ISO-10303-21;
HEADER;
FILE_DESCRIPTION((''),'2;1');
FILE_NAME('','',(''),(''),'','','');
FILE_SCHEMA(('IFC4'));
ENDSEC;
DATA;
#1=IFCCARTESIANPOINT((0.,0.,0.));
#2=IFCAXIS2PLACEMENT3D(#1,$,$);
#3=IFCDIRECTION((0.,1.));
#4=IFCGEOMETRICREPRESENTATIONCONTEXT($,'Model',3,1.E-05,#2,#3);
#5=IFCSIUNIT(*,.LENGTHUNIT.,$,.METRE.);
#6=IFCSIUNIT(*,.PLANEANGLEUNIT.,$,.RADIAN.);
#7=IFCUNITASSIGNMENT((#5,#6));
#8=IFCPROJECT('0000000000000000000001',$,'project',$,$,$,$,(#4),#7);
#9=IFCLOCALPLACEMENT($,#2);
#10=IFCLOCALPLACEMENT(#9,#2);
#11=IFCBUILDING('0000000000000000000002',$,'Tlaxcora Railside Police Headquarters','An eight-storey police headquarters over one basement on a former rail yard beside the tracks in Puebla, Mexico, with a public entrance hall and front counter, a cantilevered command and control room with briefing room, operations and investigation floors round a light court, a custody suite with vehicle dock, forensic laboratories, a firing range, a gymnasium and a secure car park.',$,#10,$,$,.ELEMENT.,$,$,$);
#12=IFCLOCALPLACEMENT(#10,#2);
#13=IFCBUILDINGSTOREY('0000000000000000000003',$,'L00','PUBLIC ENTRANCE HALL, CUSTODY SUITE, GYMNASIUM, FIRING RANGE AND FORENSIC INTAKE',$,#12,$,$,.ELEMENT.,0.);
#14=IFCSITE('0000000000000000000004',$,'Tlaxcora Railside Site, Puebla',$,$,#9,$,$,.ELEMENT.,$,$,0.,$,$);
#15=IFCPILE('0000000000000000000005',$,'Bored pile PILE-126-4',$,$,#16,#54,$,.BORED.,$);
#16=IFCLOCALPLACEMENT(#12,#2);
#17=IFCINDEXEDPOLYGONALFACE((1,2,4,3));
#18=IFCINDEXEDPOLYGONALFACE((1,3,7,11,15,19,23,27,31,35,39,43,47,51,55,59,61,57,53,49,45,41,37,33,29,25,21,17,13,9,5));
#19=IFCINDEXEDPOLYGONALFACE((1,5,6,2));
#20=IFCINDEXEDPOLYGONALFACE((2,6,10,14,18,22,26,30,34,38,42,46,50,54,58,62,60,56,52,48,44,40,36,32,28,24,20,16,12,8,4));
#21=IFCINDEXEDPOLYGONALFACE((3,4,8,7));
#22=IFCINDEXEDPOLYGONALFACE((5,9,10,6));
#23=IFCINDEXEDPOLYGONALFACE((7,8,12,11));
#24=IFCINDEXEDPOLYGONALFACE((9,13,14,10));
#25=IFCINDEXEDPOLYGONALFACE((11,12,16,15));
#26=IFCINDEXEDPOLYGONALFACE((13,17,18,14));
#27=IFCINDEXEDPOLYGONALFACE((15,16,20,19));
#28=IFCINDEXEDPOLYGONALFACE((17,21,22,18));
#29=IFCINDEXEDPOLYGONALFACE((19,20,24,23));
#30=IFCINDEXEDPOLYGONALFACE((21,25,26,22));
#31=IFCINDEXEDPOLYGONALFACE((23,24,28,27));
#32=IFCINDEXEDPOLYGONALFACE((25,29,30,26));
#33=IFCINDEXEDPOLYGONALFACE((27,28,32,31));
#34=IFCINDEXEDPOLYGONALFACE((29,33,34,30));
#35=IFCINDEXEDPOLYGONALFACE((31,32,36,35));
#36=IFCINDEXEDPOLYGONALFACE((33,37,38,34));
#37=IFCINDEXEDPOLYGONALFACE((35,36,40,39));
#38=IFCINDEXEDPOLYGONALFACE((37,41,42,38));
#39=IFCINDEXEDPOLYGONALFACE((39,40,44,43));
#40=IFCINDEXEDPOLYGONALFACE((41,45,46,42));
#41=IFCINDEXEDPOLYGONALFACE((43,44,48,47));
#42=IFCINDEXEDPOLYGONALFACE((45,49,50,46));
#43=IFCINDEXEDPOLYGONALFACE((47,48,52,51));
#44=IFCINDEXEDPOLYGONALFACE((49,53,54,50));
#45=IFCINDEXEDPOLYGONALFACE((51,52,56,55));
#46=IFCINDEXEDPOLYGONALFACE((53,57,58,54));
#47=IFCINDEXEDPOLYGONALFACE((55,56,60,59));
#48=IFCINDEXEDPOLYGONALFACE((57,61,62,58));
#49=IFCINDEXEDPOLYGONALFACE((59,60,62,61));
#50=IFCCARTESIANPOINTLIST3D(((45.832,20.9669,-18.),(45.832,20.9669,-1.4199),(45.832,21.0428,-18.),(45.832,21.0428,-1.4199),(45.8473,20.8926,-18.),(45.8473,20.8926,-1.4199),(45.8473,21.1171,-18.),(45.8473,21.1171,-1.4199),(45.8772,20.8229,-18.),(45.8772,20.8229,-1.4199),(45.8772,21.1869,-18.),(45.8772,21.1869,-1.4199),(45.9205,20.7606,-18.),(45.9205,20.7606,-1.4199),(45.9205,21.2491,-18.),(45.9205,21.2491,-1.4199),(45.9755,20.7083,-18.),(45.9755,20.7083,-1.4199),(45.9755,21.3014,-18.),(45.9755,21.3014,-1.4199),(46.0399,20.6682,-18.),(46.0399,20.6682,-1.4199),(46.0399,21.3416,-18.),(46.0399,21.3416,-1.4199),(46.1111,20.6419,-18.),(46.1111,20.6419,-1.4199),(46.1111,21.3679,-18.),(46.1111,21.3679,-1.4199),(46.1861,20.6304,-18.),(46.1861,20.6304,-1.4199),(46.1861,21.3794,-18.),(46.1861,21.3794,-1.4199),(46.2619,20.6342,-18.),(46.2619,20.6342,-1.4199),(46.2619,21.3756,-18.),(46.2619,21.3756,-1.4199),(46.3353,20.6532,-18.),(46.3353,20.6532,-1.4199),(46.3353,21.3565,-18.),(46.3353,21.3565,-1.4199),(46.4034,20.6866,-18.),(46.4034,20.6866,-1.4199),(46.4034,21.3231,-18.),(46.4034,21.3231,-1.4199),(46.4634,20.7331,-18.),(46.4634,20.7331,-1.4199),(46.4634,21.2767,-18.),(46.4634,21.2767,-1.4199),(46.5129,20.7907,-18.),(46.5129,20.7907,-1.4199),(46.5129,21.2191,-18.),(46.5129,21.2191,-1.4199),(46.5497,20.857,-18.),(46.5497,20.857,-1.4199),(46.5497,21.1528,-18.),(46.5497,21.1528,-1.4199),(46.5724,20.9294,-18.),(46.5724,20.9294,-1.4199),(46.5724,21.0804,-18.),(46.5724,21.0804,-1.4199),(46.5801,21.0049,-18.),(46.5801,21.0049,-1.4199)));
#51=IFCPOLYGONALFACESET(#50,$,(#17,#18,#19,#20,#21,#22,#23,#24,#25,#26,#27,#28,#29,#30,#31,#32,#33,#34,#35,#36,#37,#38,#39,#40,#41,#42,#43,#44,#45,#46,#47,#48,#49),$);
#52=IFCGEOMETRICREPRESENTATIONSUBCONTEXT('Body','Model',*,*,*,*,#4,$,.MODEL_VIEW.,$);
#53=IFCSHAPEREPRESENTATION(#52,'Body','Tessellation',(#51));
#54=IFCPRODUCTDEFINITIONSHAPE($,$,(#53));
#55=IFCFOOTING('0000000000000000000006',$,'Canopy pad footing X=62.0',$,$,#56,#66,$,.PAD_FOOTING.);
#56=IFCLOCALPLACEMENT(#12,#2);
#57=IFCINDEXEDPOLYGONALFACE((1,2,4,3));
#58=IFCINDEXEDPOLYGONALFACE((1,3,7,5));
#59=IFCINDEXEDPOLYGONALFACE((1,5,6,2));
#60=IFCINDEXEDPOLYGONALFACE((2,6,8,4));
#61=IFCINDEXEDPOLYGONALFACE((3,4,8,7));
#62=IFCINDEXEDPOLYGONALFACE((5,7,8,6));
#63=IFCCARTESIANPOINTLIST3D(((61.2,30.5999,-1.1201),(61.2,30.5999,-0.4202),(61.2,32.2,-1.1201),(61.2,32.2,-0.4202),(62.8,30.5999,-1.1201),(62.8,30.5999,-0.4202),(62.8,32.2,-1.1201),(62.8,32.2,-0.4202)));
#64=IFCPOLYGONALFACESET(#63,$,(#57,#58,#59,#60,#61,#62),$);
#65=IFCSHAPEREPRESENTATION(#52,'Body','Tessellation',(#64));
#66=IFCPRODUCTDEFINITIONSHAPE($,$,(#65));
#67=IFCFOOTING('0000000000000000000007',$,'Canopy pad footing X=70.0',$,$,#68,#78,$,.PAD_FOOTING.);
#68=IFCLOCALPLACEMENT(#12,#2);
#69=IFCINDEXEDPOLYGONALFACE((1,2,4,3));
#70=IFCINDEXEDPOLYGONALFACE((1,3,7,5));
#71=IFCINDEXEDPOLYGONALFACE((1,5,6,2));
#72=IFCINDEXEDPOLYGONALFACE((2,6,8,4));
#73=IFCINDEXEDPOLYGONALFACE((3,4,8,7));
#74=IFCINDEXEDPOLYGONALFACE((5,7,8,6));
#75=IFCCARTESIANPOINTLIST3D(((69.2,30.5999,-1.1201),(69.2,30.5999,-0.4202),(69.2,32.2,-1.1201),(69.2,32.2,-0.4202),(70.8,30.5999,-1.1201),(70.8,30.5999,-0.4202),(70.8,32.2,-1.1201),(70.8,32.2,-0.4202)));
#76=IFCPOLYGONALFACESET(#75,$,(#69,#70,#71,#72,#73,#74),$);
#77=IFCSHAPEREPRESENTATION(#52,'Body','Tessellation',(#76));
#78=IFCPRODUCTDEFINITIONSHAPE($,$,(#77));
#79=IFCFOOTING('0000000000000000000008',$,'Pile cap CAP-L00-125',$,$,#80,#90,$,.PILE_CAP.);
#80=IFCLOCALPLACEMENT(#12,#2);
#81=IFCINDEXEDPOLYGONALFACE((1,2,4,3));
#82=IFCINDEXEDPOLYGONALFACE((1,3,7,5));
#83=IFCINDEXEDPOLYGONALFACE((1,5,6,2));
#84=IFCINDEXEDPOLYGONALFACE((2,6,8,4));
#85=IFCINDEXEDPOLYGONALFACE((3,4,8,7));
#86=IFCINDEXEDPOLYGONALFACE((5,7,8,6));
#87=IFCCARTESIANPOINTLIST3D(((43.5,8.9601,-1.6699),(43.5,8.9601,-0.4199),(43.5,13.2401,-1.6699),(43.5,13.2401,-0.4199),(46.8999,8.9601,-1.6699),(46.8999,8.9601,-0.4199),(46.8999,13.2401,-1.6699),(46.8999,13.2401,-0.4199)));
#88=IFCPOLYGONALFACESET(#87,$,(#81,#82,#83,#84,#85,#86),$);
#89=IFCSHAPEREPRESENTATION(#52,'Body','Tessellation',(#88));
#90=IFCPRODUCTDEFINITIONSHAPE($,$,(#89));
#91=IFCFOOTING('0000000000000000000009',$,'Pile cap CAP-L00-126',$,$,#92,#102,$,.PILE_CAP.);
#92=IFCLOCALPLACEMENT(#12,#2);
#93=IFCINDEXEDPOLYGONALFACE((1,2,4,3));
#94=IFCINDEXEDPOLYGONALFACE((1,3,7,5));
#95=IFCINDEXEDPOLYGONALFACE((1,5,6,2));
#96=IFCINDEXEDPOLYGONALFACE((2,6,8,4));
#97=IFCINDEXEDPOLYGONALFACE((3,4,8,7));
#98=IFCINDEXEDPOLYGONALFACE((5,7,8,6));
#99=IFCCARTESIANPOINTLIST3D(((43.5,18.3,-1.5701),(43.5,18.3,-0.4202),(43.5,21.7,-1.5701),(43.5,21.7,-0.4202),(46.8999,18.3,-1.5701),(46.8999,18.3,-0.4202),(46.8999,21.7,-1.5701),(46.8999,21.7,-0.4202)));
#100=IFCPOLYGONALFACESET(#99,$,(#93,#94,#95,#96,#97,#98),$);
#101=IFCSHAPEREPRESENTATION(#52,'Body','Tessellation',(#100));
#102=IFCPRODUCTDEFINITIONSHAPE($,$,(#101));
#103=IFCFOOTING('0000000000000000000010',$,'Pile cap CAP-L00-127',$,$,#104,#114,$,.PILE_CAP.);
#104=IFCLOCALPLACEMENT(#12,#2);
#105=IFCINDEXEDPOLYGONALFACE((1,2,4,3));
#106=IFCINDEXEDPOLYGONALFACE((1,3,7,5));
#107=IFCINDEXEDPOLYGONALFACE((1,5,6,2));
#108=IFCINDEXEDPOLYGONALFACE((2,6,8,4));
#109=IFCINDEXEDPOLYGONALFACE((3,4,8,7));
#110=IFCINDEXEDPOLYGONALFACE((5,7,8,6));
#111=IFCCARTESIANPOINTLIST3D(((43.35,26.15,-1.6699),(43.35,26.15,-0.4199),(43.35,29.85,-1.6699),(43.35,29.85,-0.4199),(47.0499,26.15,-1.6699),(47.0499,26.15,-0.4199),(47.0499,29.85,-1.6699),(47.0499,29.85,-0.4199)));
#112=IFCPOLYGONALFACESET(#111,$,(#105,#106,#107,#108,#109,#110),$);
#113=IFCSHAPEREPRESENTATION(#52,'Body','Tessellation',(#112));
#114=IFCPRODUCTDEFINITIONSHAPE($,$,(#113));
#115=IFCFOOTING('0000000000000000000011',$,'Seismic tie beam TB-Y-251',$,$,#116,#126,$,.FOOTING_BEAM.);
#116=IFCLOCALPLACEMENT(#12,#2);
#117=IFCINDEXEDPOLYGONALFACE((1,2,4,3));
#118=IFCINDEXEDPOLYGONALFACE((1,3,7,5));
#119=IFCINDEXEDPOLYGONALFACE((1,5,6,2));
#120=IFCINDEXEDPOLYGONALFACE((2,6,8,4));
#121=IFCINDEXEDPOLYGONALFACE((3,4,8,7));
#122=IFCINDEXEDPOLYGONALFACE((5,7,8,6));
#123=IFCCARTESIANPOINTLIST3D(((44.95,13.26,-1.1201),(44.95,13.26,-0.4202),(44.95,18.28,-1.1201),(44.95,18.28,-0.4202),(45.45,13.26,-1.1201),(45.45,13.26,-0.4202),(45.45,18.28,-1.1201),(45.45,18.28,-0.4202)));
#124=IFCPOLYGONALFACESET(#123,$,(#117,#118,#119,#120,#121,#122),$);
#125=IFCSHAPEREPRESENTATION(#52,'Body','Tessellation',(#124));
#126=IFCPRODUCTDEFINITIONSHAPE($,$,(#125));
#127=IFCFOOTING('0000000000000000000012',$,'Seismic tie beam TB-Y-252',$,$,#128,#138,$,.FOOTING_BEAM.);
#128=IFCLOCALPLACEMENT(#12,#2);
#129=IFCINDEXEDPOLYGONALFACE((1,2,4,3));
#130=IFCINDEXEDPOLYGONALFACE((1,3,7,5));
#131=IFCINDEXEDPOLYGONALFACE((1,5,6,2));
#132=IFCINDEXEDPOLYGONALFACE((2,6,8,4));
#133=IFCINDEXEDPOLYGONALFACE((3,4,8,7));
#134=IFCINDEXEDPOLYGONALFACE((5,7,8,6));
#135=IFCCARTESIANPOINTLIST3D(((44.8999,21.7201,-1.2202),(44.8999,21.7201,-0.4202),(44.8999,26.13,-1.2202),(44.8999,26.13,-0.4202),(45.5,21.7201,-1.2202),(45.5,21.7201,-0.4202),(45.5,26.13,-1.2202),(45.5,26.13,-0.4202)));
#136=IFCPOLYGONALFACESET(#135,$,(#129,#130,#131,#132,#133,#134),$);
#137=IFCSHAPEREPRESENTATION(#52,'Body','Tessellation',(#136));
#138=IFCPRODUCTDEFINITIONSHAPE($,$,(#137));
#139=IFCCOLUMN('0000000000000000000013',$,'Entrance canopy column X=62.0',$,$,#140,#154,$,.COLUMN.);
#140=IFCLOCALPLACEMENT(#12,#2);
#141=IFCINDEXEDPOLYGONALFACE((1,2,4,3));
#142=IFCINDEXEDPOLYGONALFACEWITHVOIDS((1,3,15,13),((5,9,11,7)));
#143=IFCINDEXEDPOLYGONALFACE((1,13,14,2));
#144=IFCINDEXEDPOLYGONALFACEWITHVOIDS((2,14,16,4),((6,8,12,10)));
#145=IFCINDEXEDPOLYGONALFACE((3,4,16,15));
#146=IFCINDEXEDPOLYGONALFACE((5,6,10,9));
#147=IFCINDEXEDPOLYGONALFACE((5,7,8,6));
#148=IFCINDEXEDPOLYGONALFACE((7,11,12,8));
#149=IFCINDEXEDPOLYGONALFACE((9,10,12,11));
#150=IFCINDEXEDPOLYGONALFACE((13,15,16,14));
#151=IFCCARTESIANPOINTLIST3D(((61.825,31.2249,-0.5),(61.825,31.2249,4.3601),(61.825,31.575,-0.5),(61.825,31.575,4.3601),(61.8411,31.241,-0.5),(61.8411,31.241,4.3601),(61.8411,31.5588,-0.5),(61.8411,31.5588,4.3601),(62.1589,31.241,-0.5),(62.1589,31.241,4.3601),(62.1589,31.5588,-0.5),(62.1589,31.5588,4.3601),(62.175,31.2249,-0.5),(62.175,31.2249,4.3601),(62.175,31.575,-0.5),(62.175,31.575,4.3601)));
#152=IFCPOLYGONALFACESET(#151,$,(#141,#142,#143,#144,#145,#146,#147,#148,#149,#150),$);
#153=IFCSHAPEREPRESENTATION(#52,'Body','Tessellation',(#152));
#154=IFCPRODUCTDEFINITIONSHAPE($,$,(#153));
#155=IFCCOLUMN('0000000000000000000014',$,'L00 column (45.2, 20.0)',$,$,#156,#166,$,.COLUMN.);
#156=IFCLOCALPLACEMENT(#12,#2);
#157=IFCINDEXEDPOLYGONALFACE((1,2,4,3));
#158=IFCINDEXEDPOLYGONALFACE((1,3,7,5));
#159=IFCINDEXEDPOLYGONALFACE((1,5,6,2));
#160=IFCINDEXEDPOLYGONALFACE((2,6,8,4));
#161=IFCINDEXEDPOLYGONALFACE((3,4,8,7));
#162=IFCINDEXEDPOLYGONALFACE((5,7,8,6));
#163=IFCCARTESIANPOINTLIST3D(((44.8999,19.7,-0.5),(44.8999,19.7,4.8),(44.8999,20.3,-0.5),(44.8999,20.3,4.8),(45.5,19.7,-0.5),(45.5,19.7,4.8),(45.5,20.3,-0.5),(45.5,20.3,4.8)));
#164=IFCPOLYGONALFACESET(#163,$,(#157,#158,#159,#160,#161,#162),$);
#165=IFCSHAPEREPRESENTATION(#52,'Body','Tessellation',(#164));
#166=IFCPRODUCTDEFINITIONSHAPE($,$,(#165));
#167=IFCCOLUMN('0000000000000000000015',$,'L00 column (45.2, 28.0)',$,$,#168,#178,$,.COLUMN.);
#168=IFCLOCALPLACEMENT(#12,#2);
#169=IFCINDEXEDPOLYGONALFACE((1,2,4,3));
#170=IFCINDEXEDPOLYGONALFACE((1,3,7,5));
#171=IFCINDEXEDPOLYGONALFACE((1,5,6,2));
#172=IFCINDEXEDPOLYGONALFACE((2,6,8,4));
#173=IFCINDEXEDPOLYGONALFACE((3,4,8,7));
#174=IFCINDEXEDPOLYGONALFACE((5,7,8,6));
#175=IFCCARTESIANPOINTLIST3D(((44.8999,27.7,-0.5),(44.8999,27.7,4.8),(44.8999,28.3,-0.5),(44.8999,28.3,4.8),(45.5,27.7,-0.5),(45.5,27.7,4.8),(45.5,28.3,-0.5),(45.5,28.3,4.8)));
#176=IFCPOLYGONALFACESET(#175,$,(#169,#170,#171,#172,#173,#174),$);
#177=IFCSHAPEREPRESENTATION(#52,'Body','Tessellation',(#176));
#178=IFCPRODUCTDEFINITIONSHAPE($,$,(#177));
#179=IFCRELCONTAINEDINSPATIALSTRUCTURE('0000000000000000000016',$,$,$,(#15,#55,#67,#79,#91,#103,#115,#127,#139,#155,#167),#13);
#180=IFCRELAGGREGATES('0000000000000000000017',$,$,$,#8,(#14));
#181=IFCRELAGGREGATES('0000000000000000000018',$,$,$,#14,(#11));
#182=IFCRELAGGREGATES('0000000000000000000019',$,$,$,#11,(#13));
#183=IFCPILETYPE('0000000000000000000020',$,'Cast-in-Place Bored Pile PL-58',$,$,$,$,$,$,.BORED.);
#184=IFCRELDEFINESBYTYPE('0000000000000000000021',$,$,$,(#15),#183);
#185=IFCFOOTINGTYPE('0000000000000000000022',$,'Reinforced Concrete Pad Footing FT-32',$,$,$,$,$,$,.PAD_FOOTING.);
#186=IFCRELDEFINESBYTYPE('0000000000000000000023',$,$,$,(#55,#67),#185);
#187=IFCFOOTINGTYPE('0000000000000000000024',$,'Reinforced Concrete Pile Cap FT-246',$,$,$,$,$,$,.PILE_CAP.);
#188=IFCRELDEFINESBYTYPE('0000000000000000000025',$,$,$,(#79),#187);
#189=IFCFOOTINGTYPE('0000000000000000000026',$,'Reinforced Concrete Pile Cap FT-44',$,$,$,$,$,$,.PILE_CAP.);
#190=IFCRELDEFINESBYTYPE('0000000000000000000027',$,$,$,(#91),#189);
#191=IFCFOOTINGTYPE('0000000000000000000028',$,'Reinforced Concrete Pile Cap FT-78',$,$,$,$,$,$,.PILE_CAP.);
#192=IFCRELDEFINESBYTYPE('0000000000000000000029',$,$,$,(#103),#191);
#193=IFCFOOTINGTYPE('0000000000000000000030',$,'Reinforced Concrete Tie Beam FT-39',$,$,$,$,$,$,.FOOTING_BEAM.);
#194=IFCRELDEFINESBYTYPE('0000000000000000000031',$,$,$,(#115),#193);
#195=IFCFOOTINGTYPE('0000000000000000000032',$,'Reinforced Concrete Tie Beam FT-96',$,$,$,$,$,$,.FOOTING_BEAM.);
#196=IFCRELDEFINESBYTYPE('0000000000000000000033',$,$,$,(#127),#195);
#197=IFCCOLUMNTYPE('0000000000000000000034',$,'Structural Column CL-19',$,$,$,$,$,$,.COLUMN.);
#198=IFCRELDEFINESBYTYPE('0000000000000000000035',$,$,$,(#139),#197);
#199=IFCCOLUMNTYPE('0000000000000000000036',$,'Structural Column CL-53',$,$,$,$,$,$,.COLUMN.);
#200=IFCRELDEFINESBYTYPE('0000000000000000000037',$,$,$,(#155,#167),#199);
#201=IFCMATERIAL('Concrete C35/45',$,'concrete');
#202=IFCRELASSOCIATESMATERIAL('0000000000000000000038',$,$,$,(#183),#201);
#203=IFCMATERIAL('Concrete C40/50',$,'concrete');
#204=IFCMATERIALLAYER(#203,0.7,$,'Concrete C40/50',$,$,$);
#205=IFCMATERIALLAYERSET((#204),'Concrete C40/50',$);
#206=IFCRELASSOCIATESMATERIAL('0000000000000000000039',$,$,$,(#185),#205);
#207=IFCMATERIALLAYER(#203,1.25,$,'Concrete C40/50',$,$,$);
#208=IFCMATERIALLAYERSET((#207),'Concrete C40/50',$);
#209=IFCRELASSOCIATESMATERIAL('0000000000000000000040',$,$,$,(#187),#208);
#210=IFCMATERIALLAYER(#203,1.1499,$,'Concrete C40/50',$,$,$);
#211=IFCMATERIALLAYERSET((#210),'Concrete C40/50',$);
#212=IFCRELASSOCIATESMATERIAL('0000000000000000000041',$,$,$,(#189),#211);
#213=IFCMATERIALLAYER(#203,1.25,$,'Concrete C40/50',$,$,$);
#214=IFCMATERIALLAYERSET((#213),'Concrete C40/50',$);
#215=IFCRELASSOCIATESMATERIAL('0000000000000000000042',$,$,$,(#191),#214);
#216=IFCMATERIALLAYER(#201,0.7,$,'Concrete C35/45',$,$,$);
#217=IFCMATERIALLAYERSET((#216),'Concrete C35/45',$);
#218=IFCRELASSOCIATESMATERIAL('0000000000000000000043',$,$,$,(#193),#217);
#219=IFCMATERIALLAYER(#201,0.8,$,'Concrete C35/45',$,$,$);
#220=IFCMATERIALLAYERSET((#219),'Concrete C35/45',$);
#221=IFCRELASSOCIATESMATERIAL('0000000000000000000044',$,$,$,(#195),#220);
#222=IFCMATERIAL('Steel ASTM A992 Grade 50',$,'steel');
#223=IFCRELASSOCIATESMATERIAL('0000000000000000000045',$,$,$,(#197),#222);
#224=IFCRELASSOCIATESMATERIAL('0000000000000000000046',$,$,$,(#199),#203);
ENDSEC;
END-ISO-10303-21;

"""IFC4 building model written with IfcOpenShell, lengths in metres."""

from ifc_helpers import new_model, si_unit, direction, frame, origin, origin_2d, place, context, subcontext, project, spatial, rectangle, hollow_rectangle, circle, extrude, material, layer, layer_set, material_profile, profile_set, type_object, element, save


model = new_model("IFC4")

# Units and contexts
model_context = context("Model", 3, precision=1e-05, world=origin(), true_north=direction((0.0, 1.0)))
body_context = subcontext(model_context, "Body", "Model", "MODEL_VIEW")
ifc_project = project(units=[si_unit("LENGTHUNIT", "METRE"), si_unit("PLANEANGLEUNIT", "RADIAN")], contexts=[model_context])

# Site, building, storey
site_placement = place(None, origin())
site = spatial("IfcSite", under=ifc_project, at=site_placement, Name="Tlaxcora Railside Site, Puebla", CompositionType="ELEMENT", RefElevation=0.0)
building_placement = place(site_placement, origin())
building = spatial("IfcBuilding", under=site, at=building_placement, Name="Tlaxcora Railside Police Headquarters", Description="An eight-storey police headquarters over one basement on a former rail yard beside the tracks in Puebla, Mexico, with a public entrance hall and front counter, a cantilevered command and control room with briefing room, operations and investigation floors round a light court, a custody suite with vehicle dock, forensic laboratories, a firing range, a gymnasium and a secure car park.", CompositionType="ELEMENT")
storey_placement = place(building_placement, origin())
storey = spatial("IfcBuildingStorey", under=building, at=storey_placement, Name="L00", Description="PUBLIC ENTRANCE HALL, CUSTODY SUITE, GYMNASIUM, FIRING RANGE AND FORENSIC INTAKE", CompositionType="ELEMENT", Elevation=0.0)

# Pile
ifc_material_1 = material(Name="Concrete C35/45", Category="concrete")
ifc_material_profile_1 = material_profile(ifc_material_1, circle(Radius=0.375, at=origin_2d()), Name="PILE750")
ifc_profile_set_1 = profile_set([ifc_material_profile_1], Name="Concrete C35/45")
pile_type_1 = type_object("IfcPileType", Name="Cast-in-Place Bored Pile PL-58", PredefinedType="BORED", material=ifc_profile_set_1)
for number, where, z_axis, x_axis, name in (
    (1, (46.2051, 21.0049, -1.4199), (0.0, 0.0, -1.0), (1.0, 0.0, 0.0), "Bored pile PILE-126-4"),
):
    element("IfcPile", number, at=place(storey_placement, frame(where, z_axis=z_axis, x_axis=x_axis)), inside=storey, type_object=pile_type_1, Name=name, PredefinedType="BORED", context=body_context, shape_type="SweptSolid", body=[
        extrude(circle(Radius=0.375, at=origin_2d()), origin(), (0.0, 0.0, 1.0), 16.5801),
    ])

# Footings
ifc_material_2 = material(Name="Concrete C40/50", Category="concrete")
ifc_layer_1 = layer(ifc_material_2, 0.7, Name="Concrete C40/50")
ifc_layer_set_1 = layer_set([ifc_layer_1], Name="Concrete C40/50")
footing_type_1 = type_object("IfcFootingType", Name="Reinforced Concrete Pad Footing FT-32", PredefinedType="PAD_FOOTING", material=ifc_layer_set_1)
for number, where, z_axis, x_axis, name in (
    (2, (62.0, 31.3999, -1.1201), (0.0, 0.0, 1.0), (1.0, 0.0, 0.0), "Canopy pad footing X=62.0"),
    (3, (70.0, 31.3999, -1.1201), (0.0, 0.0, 1.0), (1.0, 0.0, 0.0), "Canopy pad footing X=70.0"),
):
    element("IfcFooting", number, at=place(storey_placement, frame(where, z_axis=z_axis, x_axis=x_axis)), inside=storey, type_object=footing_type_1, Name=name, PredefinedType="PAD_FOOTING", context=body_context, shape_type="SweptSolid", body=[
        extrude(rectangle(XDim=1.6001, YDim=1.6001, at=origin_2d()), origin(), (0.0, 0.0, 1.0), 0.7),
    ])
ifc_layer_2 = layer(ifc_material_2, 1.25, Name="Concrete C40/50")
ifc_layer_set_2 = layer_set([ifc_layer_2], Name="Concrete C40/50")
footing_type_2 = type_object("IfcFootingType", Name="Reinforced Concrete Pile Cap FT-246", PredefinedType="PILE_CAP", material=ifc_layer_set_2)
footing_1_placement = place(storey_placement, frame((45.2, 11.1001, -1.6699), z_axis=(0.0, 0.0, 1.0), x_axis=(1.0, 0.0, 0.0)))
element("IfcFooting", 4, at=footing_1_placement, inside=storey, type_object=footing_type_2, Name="Pile cap CAP-L00-125", PredefinedType="PILE_CAP", context=body_context, shape_type="SweptSolid", body=[
    extrude(rectangle(XDim=3.3999, YDim=4.28, at=origin_2d()), origin(), (0.0, 0.0, 1.0), 1.25),
])
ifc_layer_3 = layer(ifc_material_2, 1.1499, Name="Concrete C40/50")
ifc_layer_set_3 = layer_set([ifc_layer_3], Name="Concrete C40/50")
footing_type_3 = type_object("IfcFootingType", Name="Reinforced Concrete Pile Cap FT-44", PredefinedType="PILE_CAP", material=ifc_layer_set_3)
footing_2_placement = place(storey_placement, frame((45.2, 20.0, -1.5701), z_axis=(0.0, 0.0, 1.0), x_axis=(1.0, 0.0, 0.0)))
element("IfcFooting", 5, at=footing_2_placement, inside=storey, type_object=footing_type_3, Name="Pile cap CAP-L00-126", PredefinedType="PILE_CAP", context=body_context, shape_type="SweptSolid", body=[
    extrude(rectangle(XDim=3.3999, YDim=3.3999, at=origin_2d()), origin(), (0.0, 0.0, 1.0), 1.1499),
])
ifc_layer_4 = layer(ifc_material_2, 1.25, Name="Concrete C40/50")
ifc_layer_set_4 = layer_set([ifc_layer_4], Name="Concrete C40/50")
footing_type_4 = type_object("IfcFootingType", Name="Reinforced Concrete Pile Cap FT-78", PredefinedType="PILE_CAP", material=ifc_layer_set_4)
footing_3_placement = place(storey_placement, frame((45.2, 28.0, -1.6699), z_axis=(0.0, 0.0, 1.0), x_axis=(1.0, 0.0, 0.0)))
element("IfcFooting", 6, at=footing_3_placement, inside=storey, type_object=footing_type_4, Name="Pile cap CAP-L00-127", PredefinedType="PILE_CAP", context=body_context, shape_type="SweptSolid", body=[
    extrude(rectangle(XDim=3.7, YDim=3.7, at=origin_2d()), origin(), (0.0, 0.0, 1.0), 1.25),
])
ifc_layer_5 = layer(ifc_material_1, 0.7, Name="Concrete C35/45")
ifc_layer_set_5 = layer_set([ifc_layer_5], Name="Concrete C35/45")
footing_type_5 = type_object("IfcFootingType", Name="Reinforced Concrete Tie Beam FT-39", PredefinedType="FOOTING_BEAM", material=ifc_layer_set_5)
footing_4_placement = place(storey_placement, frame((45.2, 15.77, -1.1201), z_axis=(0.0, 0.0, 1.0), x_axis=(0.0, 1.0, 0.0)))
element("IfcFooting", 7, at=footing_4_placement, inside=storey, type_object=footing_type_5, Name="Seismic tie beam TB-Y-251", PredefinedType="FOOTING_BEAM", context=body_context, shape_type="SweptSolid", body=[
    extrude(rectangle(XDim=5.02, YDim=0.5, at=origin_2d()), origin(), (0.0, 0.0, 1.0), 0.7),
])
ifc_layer_6 = layer(ifc_material_1, 0.8, Name="Concrete C35/45")
ifc_layer_set_6 = layer_set([ifc_layer_6], Name="Concrete C35/45")
footing_type_6 = type_object("IfcFootingType", Name="Reinforced Concrete Tie Beam FT-96", PredefinedType="FOOTING_BEAM", material=ifc_layer_set_6)
footing_5_placement = place(storey_placement, frame((45.2, 23.925, -1.2202), z_axis=(0.0, 0.0, 1.0), x_axis=(0.0, 1.0, 0.0)))
element("IfcFooting", 8, at=footing_5_placement, inside=storey, type_object=footing_type_6, Name="Seismic tie beam TB-Y-252", PredefinedType="FOOTING_BEAM", context=body_context, shape_type="SweptSolid", body=[
    extrude(rectangle(XDim=4.4099, YDim=0.6001, at=origin_2d()), origin(), (0.0, 0.0, 1.0), 0.8),
])

# Columns
ifc_material_3 = material(Name="Steel ASTM A992 Grade 50", Category="steel")
ifc_material_profile_2 = material_profile(ifc_material_3, hollow_rectangle(XDim=0.3501, YDim=0.3501, WallThickness=0.0161, at=origin_2d()), Name="HSS350X350X16")
ifc_profile_set_2 = profile_set([ifc_material_profile_2], Name="Steel ASTM A992 Grade 50")
column_type_1 = type_object("IfcColumnType", Name="Structural Column CL-19", PredefinedType="COLUMN", material=ifc_profile_set_2)
column_1_placement = place(storey_placement, frame((62.0, 31.3999, -0.5), z_axis=(0.0, 0.0, 1.0), x_axis=(1.0, 0.0, 0.0)))
element("IfcColumn", 9, at=column_1_placement, inside=storey, type_object=column_type_1, Name="Entrance canopy column X=62.0", PredefinedType="COLUMN", context=body_context, shape_type="SweptSolid", body=[
    extrude(hollow_rectangle(XDim=0.3501, YDim=0.3501, WallThickness=0.0161, at=origin_2d()), origin(), (0.0, 0.0, 1.0), 4.8601),
])
ifc_material_profile_3 = material_profile(ifc_material_2, rectangle(XDim=0.6001, YDim=0.6001, at=origin_2d()), Name="RC600X600")
ifc_profile_set_3 = profile_set([ifc_material_profile_3], Name="Concrete C40/50")
column_type_2 = type_object("IfcColumnType", Name="Structural Column CL-53", PredefinedType="COLUMN", material=ifc_profile_set_3)
for number, where, z_axis, x_axis, name in (
    (10, (45.2, 20.0, -0.5), (0.0, 0.0, 1.0), (1.0, 0.0, 0.0), "L00 column (45.2, 20.0)"),
    (11, (45.2, 28.0, -0.5), (0.0, 0.0, 1.0), (1.0, 0.0, 0.0), "L00 column (45.2, 28.0)"),
):
    element("IfcColumn", number, at=place(storey_placement, frame(where, z_axis=z_axis, x_axis=x_axis)), inside=storey, type_object=column_type_2, Name=name, PredefinedType="COLUMN", context=body_context, shape_type="SweptSolid", body=[
        extrude(rectangle(XDim=0.6001, YDim=0.6001, at=origin_2d()), origin(), (0.0, 0.0, 1.0), 5.3),
    ])

save(model, "model.ifc")
